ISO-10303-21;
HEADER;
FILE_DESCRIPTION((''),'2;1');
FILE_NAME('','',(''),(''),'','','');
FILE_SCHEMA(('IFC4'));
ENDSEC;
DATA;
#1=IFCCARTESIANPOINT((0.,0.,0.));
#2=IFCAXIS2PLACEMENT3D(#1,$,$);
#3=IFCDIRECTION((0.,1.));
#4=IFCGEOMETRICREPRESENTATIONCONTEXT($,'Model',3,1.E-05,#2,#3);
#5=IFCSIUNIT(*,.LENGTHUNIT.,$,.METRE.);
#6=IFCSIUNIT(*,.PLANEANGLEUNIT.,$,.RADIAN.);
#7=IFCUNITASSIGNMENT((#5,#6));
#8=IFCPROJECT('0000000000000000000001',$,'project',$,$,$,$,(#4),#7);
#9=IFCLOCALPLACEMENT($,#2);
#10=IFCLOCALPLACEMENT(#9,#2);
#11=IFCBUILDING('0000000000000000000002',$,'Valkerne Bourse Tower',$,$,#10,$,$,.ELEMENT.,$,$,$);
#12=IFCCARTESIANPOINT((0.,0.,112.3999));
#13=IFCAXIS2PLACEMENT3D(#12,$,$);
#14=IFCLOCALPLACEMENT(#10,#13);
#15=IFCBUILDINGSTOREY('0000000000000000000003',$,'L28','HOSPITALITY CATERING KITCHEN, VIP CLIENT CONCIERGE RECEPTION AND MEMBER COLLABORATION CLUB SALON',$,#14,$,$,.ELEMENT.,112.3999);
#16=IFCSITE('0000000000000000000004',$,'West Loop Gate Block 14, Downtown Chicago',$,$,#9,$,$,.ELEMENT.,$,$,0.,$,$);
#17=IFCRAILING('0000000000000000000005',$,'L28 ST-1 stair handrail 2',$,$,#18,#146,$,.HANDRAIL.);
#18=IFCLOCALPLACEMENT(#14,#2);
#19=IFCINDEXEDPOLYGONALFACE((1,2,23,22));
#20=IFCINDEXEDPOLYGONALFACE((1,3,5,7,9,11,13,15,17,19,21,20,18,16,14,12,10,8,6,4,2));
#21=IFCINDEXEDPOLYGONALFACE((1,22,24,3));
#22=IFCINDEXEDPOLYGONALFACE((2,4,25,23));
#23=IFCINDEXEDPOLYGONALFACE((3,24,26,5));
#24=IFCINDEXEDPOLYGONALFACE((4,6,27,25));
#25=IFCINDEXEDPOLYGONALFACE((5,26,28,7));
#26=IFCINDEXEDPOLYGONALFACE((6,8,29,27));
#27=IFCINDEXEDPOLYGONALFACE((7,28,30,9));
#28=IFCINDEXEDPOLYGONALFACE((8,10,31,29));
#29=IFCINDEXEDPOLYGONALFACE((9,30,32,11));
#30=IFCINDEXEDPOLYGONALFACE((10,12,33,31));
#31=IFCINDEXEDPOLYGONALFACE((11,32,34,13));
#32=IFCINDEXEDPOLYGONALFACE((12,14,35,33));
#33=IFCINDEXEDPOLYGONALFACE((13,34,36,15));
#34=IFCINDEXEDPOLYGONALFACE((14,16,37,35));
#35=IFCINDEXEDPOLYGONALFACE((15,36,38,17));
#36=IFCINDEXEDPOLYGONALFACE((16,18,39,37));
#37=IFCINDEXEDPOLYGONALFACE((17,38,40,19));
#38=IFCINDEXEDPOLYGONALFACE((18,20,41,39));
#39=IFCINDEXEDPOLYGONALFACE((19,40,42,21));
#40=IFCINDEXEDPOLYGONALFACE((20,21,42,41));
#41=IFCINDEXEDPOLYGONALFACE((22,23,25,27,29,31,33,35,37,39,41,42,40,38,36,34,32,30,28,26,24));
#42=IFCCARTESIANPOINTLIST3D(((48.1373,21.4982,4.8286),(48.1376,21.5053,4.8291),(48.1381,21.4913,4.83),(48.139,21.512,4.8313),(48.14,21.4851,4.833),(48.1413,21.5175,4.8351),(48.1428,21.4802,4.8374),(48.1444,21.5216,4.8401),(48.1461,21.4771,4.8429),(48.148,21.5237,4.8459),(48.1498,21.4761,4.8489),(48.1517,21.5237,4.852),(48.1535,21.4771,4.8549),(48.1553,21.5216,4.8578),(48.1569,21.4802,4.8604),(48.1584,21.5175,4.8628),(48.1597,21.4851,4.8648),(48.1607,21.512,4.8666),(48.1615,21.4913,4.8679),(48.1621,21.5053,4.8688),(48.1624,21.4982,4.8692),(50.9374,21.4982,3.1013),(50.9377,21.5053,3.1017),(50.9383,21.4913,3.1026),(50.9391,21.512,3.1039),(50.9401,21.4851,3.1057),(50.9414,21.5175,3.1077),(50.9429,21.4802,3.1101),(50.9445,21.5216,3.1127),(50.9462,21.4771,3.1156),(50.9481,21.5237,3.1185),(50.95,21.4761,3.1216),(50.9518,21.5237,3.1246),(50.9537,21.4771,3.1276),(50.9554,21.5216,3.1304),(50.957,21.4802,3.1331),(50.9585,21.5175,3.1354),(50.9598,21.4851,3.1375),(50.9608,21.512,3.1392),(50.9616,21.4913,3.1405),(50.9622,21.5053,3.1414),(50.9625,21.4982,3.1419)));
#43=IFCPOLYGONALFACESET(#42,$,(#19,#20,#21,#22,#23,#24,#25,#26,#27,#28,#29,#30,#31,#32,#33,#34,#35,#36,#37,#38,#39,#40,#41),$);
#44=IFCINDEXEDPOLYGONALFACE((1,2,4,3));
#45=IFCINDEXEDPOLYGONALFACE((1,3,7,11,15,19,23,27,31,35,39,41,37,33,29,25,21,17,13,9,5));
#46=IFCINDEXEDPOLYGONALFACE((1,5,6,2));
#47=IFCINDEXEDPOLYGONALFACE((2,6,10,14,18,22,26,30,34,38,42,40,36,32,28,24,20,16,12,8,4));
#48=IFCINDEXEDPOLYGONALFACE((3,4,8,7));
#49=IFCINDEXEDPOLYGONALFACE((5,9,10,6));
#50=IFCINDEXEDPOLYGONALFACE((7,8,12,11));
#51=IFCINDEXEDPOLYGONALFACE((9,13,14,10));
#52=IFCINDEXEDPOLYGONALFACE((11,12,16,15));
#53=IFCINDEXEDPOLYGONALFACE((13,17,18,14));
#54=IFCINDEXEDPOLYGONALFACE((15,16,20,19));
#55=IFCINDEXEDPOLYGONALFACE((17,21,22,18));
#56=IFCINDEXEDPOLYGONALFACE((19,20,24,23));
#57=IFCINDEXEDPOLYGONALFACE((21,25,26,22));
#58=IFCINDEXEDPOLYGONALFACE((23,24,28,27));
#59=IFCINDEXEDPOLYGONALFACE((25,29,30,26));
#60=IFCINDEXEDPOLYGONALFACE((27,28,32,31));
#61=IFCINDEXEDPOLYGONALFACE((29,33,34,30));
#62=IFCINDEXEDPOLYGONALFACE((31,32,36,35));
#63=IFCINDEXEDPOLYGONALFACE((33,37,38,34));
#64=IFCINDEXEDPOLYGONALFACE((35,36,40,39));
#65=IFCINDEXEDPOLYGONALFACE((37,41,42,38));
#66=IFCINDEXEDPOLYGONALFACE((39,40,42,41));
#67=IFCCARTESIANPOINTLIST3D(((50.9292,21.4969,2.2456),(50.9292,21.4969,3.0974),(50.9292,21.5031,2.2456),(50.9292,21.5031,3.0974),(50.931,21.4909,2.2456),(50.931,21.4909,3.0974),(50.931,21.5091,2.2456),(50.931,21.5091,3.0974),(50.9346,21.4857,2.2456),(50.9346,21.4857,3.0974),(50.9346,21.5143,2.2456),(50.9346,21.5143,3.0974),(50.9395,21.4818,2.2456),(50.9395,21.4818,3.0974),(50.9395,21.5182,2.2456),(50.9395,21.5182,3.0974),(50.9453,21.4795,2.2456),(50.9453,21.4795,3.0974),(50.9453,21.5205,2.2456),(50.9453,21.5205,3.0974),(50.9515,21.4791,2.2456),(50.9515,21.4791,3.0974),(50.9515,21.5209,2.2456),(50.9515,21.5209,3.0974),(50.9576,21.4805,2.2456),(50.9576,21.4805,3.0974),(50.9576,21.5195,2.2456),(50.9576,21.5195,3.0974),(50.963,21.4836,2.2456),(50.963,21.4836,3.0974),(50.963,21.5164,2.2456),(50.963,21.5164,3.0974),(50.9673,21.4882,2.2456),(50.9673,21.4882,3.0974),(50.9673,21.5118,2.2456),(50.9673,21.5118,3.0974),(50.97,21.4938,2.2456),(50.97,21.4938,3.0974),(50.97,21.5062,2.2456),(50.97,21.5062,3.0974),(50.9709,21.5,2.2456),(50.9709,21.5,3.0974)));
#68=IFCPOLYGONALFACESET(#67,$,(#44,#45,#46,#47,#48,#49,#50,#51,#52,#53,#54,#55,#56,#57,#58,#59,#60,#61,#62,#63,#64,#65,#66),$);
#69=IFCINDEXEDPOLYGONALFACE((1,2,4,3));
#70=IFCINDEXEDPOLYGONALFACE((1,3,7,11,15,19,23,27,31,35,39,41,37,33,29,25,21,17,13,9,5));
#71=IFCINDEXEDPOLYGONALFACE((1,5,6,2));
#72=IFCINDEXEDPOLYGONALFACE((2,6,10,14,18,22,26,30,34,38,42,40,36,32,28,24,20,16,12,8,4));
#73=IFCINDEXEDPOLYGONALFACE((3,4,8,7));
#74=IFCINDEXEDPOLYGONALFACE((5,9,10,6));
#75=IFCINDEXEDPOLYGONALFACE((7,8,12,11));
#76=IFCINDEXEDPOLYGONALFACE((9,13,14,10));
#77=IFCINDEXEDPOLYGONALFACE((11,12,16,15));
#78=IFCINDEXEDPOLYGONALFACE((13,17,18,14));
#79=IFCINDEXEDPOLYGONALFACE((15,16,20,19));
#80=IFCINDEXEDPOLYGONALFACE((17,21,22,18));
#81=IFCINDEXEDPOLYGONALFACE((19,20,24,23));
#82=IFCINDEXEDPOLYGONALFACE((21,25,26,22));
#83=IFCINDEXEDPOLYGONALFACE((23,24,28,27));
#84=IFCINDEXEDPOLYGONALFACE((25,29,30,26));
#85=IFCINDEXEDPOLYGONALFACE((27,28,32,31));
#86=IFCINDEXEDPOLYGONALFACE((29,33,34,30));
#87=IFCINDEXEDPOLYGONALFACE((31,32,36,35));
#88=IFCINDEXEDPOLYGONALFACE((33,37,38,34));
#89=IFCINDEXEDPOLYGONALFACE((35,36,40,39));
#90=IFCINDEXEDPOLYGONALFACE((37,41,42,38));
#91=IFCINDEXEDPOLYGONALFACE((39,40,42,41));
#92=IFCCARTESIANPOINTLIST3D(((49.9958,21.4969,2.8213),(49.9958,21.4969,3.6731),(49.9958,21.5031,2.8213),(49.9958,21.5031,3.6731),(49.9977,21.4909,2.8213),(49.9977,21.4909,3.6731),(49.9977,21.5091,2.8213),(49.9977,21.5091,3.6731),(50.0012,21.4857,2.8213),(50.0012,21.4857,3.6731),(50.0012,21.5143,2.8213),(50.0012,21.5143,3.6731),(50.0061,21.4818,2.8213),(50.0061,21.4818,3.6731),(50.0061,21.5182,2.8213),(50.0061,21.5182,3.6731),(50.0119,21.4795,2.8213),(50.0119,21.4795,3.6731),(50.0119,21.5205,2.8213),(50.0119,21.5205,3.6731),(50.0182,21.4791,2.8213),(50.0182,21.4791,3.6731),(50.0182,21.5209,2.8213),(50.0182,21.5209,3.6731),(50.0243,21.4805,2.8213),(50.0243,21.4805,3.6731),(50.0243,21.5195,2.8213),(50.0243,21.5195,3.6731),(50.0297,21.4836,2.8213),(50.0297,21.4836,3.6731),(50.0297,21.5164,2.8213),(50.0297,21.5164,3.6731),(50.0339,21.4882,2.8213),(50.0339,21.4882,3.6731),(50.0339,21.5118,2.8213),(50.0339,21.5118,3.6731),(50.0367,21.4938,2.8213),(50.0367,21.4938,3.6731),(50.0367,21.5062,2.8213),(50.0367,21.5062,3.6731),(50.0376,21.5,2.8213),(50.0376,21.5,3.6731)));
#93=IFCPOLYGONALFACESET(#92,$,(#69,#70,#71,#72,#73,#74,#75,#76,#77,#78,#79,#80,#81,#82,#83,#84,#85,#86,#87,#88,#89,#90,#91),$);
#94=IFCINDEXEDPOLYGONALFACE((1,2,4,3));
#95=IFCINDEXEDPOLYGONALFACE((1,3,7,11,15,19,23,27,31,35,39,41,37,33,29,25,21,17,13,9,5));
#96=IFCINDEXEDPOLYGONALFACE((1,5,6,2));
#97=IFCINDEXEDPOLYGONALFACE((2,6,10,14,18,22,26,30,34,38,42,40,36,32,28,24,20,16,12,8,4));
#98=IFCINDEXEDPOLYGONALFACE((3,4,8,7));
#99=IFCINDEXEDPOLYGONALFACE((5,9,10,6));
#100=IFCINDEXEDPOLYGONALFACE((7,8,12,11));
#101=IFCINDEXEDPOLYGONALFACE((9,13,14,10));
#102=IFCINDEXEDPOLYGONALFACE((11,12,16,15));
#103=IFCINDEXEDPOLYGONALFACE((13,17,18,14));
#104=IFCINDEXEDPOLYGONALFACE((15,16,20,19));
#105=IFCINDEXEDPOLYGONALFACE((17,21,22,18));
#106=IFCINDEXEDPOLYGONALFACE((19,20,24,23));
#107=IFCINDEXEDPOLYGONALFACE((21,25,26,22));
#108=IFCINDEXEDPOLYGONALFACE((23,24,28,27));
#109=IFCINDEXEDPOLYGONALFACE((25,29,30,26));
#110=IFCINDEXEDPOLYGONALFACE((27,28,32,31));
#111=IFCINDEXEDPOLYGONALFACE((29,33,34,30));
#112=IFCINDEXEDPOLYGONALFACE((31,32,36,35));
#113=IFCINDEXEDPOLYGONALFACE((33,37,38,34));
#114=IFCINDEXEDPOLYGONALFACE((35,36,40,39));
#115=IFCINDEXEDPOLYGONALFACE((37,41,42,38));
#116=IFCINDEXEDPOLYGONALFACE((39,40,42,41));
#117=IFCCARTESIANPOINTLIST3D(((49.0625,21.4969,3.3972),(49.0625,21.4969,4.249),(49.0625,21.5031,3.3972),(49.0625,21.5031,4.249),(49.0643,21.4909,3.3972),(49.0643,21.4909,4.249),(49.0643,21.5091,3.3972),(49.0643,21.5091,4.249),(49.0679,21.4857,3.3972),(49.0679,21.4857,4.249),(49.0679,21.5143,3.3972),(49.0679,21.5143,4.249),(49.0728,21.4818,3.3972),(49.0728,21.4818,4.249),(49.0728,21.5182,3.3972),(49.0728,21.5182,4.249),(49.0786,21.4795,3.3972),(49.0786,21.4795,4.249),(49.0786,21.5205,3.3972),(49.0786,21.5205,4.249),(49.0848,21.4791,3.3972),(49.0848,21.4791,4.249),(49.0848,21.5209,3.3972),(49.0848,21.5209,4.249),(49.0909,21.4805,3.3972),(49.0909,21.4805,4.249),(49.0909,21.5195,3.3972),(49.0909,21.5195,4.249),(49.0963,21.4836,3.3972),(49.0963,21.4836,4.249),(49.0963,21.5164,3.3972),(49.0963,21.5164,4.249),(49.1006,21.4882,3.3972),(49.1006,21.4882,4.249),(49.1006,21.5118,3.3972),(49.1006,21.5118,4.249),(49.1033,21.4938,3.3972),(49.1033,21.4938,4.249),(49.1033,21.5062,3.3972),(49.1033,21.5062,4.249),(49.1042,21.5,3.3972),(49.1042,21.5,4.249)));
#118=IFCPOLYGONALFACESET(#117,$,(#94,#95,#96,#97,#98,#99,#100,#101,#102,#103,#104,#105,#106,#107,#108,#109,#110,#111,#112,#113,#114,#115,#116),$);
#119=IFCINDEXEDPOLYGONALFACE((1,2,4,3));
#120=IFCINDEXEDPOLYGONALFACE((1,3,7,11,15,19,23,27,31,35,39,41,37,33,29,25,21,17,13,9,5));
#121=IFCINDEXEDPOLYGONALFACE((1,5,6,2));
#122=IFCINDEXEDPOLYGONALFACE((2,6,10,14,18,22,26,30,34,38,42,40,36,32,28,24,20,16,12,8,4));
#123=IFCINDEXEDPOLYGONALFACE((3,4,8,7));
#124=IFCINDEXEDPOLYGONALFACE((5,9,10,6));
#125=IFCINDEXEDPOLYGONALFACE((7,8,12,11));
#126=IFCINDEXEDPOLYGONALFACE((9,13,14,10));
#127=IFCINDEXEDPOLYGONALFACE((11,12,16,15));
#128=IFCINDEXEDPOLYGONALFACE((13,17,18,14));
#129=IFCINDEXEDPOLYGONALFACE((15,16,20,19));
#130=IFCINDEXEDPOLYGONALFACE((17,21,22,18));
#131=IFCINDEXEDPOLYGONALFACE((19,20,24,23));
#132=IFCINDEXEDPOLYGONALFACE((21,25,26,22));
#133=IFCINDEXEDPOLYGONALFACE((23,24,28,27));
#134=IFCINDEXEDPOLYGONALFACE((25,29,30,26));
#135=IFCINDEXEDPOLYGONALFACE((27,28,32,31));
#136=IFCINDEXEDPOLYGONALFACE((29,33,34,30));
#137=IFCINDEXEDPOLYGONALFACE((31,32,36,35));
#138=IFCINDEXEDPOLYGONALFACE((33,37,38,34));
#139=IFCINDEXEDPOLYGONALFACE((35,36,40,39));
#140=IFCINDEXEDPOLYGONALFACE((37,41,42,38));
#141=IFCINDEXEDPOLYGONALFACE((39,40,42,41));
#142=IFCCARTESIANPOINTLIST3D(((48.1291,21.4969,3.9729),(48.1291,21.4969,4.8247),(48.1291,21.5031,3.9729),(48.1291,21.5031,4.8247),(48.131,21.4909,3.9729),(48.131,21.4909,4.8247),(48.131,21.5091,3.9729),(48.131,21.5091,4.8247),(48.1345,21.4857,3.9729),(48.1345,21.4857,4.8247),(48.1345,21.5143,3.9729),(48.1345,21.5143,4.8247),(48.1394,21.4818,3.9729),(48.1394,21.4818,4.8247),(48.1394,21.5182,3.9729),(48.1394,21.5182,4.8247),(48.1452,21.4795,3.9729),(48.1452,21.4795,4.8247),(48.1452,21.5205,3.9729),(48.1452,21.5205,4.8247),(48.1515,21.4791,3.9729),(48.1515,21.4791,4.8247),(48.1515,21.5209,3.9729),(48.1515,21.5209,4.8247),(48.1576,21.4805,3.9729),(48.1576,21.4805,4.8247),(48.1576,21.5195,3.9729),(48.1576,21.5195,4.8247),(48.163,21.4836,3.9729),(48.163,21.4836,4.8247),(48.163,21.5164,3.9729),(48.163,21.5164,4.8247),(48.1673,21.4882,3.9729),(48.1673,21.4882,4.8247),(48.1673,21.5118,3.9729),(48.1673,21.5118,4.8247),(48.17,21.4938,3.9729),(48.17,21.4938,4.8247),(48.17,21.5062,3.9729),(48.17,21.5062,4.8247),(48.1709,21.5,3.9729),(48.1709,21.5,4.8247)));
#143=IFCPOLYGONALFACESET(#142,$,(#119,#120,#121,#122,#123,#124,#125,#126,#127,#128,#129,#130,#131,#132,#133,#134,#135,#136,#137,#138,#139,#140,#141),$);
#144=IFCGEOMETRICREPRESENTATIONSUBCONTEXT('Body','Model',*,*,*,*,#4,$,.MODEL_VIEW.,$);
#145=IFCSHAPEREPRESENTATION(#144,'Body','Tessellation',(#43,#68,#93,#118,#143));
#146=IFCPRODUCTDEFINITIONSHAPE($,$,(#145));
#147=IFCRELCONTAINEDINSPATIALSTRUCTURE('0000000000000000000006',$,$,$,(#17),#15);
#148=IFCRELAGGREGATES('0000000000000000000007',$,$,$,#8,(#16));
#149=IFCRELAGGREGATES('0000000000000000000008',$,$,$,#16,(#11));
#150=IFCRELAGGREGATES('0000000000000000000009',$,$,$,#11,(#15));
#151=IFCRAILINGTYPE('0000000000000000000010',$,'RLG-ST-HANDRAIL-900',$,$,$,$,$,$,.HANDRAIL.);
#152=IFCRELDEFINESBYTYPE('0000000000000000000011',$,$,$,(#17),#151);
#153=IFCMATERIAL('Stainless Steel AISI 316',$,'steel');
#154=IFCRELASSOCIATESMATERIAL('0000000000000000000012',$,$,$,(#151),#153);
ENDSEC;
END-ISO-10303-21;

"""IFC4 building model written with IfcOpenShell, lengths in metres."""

from ifc_helpers import new_model, si_unit, direction, frame, origin, origin_2d, place, context, subcontext, project, spatial, circle, extrude, material, type_object, element, save


model = new_model("IFC4")

# Units and contexts
model_context = context("Model", 3, precision=1e-05, world=origin(), true_north=direction((0.0, 1.0)))
body_context = subcontext(model_context, "Body", "Model", "MODEL_VIEW")
ifc_project = project(units=[si_unit("LENGTHUNIT", "METRE"), si_unit("PLANEANGLEUNIT", "RADIAN")], contexts=[model_context])

# Site, building, storey
site_placement = place(None, origin())
site = spatial("IfcSite", under=ifc_project, at=site_placement, Name="West Loop Gate Block 14, Downtown Chicago", CompositionType="ELEMENT", RefElevation=0.0)
building_placement = place(site_placement, origin())
building = spatial("IfcBuilding", under=site, at=building_placement, Name="Valkerne Bourse Tower", CompositionType="ELEMENT")
storey_placement = place(building_placement, frame((0.0, 0.0, 112.3999)))
storey = spatial("IfcBuildingStorey", under=building, at=storey_placement, Name="L28", Description="HOSPITALITY CATERING KITCHEN, VIP CLIENT CONCIERGE RECEPTION AND MEMBER COLLABORATION CLUB SALON", CompositionType="ELEMENT", Elevation=112.3999)

# Shared definitions
ifc_material_1 = material(Name="Stainless Steel AISI 316", Category="steel")

# Railing
railing_type_1 = type_object("IfcRailingType", Name="RLG-ST-HANDRAIL-900", PredefinedType="HANDRAIL", material=ifc_material_1)
railing_1_placement = place(storey_placement, frame((50.95, 21.5, 2.2456)))
element("IfcRailing", 1, at=railing_1_placement, inside=storey, type_object=railing_type_1, Name="L28 ST-1 stair handrail 2", PredefinedType="HANDRAIL", context=body_context, shape_type="SweptSolid", body=[
    extrude(circle(Radius=0.0239, at=origin_2d()), frame((0.0, 0.0, 0.876), z_axis=(-0.85109, 0.0, 0.52502), x_axis=(0.0, -1.0, 0.0)), (0.0, 0.0, 1.0), 3.29),
    extrude(circle(Radius=0.021, at=origin_2d()), origin(), (0.0, 0.0, 1.0), 0.8518),
    extrude(circle(Radius=0.021, at=origin_2d()), frame((-0.9333, 0.0, 0.5757)), (0.0, 0.0, 1.0), 0.8518),
    extrude(circle(Radius=0.021, at=origin_2d()), frame((-1.8667, 0.0, 1.1516)), (0.0, 0.0, 1.0), 0.8518),
    extrude(circle(Radius=0.021, at=origin_2d()), frame((-2.8, 0.0, 1.7273)), (0.0, 0.0, 1.0), 0.8518),
])

save(model, "model.ifc")
